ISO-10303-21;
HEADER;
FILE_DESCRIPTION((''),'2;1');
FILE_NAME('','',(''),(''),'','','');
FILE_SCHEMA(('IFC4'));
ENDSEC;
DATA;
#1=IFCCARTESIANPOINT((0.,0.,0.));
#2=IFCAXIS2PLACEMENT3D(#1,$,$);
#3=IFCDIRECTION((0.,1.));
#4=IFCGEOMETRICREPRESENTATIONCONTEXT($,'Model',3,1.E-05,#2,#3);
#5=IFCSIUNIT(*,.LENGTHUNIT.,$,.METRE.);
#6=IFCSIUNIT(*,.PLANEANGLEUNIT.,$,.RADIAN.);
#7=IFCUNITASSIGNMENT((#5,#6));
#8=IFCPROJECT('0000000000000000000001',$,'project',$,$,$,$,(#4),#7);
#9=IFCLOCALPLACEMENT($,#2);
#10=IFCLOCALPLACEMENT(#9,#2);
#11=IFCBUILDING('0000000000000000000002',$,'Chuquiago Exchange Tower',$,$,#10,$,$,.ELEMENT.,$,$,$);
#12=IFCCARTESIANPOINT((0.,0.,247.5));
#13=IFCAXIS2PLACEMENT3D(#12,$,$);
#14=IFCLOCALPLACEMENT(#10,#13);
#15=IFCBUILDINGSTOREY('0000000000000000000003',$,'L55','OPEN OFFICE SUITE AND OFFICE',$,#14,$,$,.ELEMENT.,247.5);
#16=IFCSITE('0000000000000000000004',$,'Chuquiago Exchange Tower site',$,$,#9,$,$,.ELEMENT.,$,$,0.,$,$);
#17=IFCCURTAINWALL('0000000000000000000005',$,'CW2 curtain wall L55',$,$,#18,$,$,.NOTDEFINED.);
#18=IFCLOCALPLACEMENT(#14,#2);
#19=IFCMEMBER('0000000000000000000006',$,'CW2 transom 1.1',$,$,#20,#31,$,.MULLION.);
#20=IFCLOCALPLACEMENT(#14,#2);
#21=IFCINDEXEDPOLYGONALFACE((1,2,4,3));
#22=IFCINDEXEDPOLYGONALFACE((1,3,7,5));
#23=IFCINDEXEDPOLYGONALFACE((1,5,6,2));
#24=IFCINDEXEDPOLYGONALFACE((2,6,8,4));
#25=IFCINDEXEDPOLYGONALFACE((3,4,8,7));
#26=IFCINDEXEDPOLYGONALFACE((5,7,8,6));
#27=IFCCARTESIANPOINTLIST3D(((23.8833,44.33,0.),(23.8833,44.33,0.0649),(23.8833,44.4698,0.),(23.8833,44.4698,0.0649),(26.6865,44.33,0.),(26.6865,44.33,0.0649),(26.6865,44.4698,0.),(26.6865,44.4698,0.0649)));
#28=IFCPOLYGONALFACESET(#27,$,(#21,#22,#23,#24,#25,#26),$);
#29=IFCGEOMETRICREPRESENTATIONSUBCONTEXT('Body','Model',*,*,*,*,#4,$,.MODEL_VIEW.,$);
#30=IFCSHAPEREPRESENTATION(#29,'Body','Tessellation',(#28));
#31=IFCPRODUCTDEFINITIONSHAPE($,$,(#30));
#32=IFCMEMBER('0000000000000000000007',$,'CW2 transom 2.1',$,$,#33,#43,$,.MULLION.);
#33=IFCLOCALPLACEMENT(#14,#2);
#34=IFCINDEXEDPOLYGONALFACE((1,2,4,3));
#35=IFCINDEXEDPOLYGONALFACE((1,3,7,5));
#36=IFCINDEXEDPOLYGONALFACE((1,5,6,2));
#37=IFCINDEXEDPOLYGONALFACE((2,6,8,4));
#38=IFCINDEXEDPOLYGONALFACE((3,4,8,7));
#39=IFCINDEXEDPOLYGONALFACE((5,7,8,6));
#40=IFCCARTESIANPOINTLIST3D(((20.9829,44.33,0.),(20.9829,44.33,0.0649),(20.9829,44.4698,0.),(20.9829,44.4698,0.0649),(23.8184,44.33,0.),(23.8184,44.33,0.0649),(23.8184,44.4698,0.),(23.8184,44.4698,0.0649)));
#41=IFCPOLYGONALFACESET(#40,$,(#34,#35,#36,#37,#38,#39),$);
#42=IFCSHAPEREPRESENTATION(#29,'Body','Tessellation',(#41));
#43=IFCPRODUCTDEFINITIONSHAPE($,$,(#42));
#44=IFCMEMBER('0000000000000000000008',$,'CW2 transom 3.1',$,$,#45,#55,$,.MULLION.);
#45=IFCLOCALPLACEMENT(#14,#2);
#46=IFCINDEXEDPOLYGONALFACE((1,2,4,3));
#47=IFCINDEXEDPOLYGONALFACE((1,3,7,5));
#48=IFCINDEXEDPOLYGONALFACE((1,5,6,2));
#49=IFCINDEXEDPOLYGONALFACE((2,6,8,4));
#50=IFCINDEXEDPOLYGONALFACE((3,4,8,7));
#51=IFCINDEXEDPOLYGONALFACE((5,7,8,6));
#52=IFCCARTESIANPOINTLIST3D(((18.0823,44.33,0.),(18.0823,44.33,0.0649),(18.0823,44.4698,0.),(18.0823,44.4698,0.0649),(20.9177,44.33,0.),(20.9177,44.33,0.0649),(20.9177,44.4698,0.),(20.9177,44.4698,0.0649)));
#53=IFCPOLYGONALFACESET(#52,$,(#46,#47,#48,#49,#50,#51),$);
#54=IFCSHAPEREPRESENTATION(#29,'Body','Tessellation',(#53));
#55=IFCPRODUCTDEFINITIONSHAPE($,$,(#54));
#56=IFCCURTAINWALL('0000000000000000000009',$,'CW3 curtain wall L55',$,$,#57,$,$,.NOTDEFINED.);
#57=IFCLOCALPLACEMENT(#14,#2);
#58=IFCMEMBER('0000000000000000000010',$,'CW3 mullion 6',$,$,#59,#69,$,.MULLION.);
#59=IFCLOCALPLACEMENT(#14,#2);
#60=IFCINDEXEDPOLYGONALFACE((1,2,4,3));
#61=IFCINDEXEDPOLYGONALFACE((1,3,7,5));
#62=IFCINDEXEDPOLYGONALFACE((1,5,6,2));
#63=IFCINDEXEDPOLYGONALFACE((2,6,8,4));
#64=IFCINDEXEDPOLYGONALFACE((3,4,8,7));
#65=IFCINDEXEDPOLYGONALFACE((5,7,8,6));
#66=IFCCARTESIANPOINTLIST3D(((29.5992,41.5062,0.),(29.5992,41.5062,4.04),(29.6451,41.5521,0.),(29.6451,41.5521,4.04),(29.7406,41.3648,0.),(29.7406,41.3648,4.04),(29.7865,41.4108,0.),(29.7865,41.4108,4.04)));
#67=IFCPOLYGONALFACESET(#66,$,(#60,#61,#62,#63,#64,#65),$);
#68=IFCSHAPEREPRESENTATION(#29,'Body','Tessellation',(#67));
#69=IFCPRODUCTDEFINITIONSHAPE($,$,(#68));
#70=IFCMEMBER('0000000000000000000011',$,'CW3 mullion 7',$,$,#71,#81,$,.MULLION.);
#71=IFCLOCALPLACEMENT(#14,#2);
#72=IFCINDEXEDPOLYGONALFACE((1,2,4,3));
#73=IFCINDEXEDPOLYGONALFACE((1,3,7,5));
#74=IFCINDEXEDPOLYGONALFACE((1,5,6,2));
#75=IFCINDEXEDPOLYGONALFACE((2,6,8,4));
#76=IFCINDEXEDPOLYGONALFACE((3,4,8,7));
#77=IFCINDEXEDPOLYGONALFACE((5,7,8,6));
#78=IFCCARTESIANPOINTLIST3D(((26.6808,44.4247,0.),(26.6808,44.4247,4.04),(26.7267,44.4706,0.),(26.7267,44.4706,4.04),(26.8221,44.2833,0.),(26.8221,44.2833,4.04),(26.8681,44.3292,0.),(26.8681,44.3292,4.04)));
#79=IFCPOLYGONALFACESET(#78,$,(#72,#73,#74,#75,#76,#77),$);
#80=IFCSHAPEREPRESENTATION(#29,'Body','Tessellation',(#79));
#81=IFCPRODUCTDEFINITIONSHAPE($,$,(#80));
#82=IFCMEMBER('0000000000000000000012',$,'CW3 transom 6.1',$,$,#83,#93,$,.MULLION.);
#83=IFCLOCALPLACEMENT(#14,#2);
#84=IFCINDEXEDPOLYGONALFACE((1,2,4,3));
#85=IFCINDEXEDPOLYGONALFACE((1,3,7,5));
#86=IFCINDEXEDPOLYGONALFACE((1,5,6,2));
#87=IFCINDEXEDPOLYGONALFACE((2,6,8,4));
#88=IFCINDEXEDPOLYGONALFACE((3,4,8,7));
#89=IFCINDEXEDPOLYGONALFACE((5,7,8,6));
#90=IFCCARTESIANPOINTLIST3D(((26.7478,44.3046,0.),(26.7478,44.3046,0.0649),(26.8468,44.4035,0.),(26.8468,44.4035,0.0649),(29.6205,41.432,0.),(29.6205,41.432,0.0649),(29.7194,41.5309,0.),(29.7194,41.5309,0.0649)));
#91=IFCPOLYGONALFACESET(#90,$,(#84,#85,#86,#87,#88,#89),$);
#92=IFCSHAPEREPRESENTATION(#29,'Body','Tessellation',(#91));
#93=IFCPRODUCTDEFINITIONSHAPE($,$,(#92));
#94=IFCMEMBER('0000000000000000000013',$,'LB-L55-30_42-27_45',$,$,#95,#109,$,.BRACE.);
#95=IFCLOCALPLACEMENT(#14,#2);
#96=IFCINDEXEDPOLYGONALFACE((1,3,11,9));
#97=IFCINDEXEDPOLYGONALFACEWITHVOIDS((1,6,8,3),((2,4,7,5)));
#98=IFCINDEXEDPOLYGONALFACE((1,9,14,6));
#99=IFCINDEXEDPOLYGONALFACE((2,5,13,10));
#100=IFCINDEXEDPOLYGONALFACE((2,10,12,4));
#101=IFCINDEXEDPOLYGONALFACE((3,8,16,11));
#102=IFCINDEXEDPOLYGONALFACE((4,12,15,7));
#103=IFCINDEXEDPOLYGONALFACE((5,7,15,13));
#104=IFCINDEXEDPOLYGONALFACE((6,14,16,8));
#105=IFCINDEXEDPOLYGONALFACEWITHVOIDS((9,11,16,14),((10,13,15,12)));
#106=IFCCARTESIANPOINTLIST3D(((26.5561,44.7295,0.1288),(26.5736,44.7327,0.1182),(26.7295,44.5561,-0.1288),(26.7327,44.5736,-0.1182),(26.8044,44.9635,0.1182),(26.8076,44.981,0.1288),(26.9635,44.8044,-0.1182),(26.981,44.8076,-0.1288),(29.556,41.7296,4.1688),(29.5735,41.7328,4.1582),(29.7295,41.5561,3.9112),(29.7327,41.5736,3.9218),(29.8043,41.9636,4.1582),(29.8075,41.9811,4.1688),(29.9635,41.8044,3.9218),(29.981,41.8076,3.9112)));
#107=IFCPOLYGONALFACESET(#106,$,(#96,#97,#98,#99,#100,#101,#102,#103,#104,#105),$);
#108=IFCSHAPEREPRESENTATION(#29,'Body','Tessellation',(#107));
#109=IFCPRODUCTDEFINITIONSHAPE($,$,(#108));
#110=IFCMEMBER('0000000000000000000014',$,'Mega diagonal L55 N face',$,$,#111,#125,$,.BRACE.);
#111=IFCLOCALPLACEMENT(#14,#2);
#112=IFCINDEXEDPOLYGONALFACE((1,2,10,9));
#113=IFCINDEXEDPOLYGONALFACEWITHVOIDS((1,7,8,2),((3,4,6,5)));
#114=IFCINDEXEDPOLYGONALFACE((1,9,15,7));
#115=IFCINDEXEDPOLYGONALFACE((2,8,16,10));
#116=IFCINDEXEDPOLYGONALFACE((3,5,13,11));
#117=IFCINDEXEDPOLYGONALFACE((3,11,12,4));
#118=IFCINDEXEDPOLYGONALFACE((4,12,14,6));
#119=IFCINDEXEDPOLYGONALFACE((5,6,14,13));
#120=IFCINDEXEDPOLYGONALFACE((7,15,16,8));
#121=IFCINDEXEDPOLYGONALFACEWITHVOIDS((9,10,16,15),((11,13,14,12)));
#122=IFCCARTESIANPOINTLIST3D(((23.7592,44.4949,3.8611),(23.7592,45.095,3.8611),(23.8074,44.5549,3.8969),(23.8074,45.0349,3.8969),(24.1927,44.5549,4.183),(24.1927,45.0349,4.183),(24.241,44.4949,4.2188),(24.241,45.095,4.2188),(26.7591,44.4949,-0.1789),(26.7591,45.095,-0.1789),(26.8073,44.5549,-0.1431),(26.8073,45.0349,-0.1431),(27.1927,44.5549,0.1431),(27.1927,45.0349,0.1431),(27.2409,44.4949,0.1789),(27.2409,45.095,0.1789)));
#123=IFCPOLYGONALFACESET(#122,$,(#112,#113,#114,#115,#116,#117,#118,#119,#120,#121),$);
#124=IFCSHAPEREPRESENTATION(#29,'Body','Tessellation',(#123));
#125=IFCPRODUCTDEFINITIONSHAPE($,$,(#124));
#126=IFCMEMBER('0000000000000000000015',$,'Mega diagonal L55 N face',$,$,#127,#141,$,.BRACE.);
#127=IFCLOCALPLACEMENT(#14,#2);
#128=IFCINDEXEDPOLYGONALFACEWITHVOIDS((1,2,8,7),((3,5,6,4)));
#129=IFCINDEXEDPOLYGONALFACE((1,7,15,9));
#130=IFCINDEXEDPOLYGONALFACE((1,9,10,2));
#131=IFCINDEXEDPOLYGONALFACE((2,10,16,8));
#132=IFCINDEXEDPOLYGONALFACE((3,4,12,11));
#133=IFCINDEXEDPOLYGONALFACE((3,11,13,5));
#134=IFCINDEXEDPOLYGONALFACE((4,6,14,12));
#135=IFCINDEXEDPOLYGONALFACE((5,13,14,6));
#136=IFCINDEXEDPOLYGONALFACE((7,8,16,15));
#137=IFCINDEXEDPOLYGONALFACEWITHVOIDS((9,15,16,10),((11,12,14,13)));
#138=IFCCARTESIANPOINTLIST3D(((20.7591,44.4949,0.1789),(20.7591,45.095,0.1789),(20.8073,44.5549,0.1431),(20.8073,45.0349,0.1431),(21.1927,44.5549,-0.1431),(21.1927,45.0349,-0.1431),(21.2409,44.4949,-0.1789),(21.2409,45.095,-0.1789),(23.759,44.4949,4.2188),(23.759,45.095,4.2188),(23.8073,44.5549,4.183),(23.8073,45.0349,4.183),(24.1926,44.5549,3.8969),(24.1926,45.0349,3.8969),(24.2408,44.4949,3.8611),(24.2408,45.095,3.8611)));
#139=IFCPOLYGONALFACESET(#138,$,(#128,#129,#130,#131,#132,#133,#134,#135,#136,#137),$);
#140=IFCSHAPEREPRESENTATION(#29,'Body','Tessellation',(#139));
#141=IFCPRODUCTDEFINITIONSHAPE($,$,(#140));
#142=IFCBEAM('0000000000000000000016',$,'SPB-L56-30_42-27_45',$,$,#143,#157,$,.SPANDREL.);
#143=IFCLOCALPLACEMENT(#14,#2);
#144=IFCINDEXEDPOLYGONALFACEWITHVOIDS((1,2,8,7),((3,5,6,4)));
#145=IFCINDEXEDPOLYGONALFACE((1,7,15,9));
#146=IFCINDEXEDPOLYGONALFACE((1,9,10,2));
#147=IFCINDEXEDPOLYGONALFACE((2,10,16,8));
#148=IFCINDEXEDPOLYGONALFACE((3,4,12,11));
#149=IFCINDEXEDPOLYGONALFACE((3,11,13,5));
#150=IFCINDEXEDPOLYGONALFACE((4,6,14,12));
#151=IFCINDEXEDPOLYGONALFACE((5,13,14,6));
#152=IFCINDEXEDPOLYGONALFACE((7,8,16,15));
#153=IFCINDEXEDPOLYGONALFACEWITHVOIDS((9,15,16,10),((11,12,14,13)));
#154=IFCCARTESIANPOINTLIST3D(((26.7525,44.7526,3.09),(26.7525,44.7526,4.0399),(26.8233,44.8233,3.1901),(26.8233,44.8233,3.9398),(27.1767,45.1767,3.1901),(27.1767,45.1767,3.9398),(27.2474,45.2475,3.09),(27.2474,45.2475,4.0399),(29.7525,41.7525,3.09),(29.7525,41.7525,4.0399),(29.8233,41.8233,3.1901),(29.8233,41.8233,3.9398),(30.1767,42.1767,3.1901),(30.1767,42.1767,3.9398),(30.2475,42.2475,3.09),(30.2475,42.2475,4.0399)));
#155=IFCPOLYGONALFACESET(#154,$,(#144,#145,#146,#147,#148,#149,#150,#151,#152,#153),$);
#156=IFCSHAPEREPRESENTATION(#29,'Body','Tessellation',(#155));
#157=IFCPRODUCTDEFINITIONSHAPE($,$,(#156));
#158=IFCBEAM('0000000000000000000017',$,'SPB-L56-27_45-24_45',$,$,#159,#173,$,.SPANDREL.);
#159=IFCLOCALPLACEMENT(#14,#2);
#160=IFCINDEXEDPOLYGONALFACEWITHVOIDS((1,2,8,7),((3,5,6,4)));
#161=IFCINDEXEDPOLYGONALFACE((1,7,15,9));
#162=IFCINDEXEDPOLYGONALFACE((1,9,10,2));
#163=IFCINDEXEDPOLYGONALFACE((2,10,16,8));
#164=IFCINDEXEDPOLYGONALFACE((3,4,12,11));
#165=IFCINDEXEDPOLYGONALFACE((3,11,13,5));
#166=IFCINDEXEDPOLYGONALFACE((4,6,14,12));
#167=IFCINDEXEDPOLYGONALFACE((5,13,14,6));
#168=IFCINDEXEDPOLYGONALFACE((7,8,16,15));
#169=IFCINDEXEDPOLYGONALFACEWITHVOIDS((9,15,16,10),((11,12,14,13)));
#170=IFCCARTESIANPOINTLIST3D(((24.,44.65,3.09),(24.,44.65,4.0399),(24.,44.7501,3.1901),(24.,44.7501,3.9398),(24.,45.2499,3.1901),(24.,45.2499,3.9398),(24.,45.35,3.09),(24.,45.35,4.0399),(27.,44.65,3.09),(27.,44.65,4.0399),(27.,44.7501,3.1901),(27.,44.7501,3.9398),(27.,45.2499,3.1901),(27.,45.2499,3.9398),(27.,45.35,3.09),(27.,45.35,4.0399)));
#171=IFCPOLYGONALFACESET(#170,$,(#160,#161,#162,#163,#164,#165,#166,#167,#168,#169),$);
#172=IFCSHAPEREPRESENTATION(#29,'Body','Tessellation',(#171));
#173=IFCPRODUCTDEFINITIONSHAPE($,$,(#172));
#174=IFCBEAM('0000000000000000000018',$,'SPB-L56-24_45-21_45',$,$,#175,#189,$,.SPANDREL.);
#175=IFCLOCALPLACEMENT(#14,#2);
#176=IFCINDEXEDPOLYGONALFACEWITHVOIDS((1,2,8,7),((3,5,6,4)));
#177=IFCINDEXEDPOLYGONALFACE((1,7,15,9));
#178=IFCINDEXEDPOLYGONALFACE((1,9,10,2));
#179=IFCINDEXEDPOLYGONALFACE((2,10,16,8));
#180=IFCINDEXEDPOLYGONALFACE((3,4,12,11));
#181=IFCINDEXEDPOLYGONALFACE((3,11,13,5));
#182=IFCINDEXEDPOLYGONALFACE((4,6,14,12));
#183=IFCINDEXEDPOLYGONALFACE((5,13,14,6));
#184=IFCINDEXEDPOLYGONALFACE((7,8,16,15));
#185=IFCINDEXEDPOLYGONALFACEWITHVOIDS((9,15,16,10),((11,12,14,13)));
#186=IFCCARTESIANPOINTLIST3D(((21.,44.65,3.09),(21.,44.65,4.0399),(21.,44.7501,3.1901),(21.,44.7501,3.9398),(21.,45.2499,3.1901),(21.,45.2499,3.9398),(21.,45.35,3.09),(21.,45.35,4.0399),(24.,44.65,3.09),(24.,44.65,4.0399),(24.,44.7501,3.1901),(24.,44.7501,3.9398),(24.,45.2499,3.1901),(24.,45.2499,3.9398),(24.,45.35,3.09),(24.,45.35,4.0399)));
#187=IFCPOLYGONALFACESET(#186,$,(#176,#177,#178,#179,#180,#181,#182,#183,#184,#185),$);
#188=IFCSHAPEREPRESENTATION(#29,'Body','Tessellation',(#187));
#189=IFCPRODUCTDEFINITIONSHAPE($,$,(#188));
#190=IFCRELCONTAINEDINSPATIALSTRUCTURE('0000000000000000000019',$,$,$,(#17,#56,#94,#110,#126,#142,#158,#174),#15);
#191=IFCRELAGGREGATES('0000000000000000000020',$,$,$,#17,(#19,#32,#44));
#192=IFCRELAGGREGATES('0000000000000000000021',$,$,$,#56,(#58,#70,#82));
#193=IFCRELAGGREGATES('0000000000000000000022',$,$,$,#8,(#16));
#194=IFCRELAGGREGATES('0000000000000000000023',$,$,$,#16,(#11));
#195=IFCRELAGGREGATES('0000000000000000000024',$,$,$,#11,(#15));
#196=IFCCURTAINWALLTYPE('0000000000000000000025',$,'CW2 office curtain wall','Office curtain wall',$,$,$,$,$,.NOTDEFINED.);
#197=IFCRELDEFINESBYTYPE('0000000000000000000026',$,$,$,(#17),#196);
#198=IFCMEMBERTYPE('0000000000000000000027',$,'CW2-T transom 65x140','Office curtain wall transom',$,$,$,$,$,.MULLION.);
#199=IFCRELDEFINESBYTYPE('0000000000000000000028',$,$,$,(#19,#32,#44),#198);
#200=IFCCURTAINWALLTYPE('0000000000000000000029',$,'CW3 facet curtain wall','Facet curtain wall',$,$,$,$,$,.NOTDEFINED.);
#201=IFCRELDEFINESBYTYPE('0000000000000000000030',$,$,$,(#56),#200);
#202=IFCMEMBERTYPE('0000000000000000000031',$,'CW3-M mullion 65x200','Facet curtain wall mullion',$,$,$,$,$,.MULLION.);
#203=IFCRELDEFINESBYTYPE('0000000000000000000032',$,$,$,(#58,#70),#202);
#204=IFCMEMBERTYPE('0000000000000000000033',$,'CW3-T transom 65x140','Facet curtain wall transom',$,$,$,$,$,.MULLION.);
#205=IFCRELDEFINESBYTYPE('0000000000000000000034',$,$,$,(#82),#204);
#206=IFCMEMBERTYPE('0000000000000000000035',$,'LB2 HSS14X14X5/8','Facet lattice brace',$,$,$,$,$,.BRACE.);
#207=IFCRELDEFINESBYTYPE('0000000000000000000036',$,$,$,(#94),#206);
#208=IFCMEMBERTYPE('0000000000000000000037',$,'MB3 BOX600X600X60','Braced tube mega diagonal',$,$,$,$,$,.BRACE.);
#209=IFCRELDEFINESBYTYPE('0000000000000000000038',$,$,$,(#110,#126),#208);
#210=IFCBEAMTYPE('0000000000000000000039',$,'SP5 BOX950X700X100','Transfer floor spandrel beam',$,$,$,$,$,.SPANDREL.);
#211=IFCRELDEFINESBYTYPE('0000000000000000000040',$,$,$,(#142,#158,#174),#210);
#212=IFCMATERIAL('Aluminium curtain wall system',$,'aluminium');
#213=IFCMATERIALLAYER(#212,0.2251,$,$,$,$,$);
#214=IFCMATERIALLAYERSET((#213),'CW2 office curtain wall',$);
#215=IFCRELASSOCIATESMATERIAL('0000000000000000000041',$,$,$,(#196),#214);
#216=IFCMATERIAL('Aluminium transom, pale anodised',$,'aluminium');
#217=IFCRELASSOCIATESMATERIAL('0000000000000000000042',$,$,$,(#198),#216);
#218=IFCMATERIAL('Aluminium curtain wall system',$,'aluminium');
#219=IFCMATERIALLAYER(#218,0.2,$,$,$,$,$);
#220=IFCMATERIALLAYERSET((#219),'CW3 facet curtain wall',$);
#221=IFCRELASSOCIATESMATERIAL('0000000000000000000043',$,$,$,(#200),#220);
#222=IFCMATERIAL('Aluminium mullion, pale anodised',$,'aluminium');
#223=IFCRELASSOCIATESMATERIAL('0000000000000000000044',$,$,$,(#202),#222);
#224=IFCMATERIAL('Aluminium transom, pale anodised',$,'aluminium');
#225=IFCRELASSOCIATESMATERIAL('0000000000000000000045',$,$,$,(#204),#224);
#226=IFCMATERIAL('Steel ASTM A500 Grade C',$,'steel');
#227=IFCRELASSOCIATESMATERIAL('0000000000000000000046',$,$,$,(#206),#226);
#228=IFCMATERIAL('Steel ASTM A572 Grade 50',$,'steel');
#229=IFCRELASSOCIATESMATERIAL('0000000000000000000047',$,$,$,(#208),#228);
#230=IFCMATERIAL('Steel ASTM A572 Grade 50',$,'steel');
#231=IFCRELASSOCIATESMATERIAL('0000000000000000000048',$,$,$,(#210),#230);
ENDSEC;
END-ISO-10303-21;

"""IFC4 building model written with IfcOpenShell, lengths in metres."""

from ifc_helpers import new_model, si_unit, direction, frame, origin, origin_2d, place, context, subcontext, project, spatial, rectangle, hollow_rectangle, extrude, material, layer, layer_set, material_profile, profile_set, type_object, element, aggregate, save


model = new_model("IFC4")

# Units and contexts
model_context = context("Model", 3, precision=1e-05, world=origin(), true_north=direction((0.0, 1.0)))
body_context = subcontext(model_context, "Body", "Model", "MODEL_VIEW")
ifc_project = project(units=[si_unit("LENGTHUNIT", "METRE"), si_unit("PLANEANGLEUNIT", "RADIAN")], contexts=[model_context])

# Site, building, storey
site_placement = place(None, origin())
site = spatial("IfcSite", under=ifc_project, at=site_placement, Name="Chuquiago Exchange Tower site", CompositionType="ELEMENT", RefElevation=0.0)
building_placement = place(site_placement, origin())
building = spatial("IfcBuilding", under=site, at=building_placement, Name="Chuquiago Exchange Tower", CompositionType="ELEMENT")
storey_placement = place(building_placement, frame((0.0, 0.0, 247.5)))
storey = spatial("IfcBuildingStorey", under=building, at=storey_placement, Name="L55", Description="OPEN OFFICE SUITE AND OFFICE", CompositionType="ELEMENT", Elevation=247.5)

# Curtain walls, members
ifc_material_1 = material(Name="Aluminium curtain wall system", Category="aluminium")
ifc_layer_1 = layer(ifc_material_1, 0.2251)
ifc_layer_set_1 = layer_set([ifc_layer_1], Name="CW2 office curtain wall")
curtain_wall_type_1 = type_object("IfcCurtainWallType", Name="CW2 office curtain wall", Description="Office curtain wall", PredefinedType="NOTDEFINED", material=ifc_layer_set_1)
curtain_wall_1_placement = place(storey_placement, origin())
curtain_wall_1 = element("IfcCurtainWall", 1, at=curtain_wall_1_placement, inside=storey, type_object=curtain_wall_type_1, Name="CW2 curtain wall L55", PredefinedType="NOTDEFINED")
ifc_material_2 = material(Name="Aluminium transom, pale anodised", Category="aluminium")
ifc_material_profile_1 = material_profile(ifc_material_2, rectangle(XDim=0.1399, YDim=0.0649, at=origin_2d()), Name="AL 140x65")
ifc_profile_set_1 = profile_set([ifc_material_profile_1], Name="Aluminium transom, pale anodised")
member_type_1 = type_object("IfcMemberType", Name="CW2-T transom 65x140", Description="Office curtain wall transom", PredefinedType="MULLION", material=ifc_profile_set_1)
member_1_placement = place(storey_placement, frame((26.6865, 44.3999, 0.0325), z_axis=(-1.0, 0.0, 0.0), x_axis=(0.0, -1.0, 0.0)))
member_1 = element("IfcMember", 2, at=member_1_placement, type_object=member_type_1, Name="CW2 transom 1.1", PredefinedType="MULLION", context=body_context, shape_type="SweptSolid", body=[
    extrude(rectangle(XDim=0.1399, YDim=0.0649, at=origin_2d()), origin(), (0.0, 0.0, 1.0), 2.8032),
])
member_2_placement = place(storey_placement, frame((23.8184, 44.3999, 0.0325), z_axis=(-1.0, 0.0, 0.0), x_axis=(0.0, -1.0, 0.0)))
member_2 = element("IfcMember", 3, at=member_2_placement, type_object=member_type_1, Name="CW2 transom 2.1", PredefinedType="MULLION", context=body_context, shape_type="SweptSolid", body=[
    extrude(rectangle(XDim=0.1399, YDim=0.0649, at=origin_2d()), origin(), (0.0, 0.0, 1.0), 2.8354),
])
member_3_placement = place(storey_placement, frame((20.9177, 44.3999, 0.0325), z_axis=(-1.0, 0.0, 0.0), x_axis=(0.0, -1.0, 0.0)))
member_3 = element("IfcMember", 4, at=member_3_placement, type_object=member_type_1, Name="CW2 transom 3.1", PredefinedType="MULLION", context=body_context, shape_type="SweptSolid", body=[
    extrude(rectangle(XDim=0.1399, YDim=0.0649, at=origin_2d()), origin(), (0.0, 0.0, 1.0), 2.8354),
])
ifc_material_3 = material(Name="Aluminium curtain wall system", Category="aluminium")
ifc_layer_2 = layer(ifc_material_3, 0.2)
ifc_layer_set_2 = layer_set([ifc_layer_2], Name="CW3 facet curtain wall")
curtain_wall_type_2 = type_object("IfcCurtainWallType", Name="CW3 facet curtain wall", Description="Facet curtain wall", PredefinedType="NOTDEFINED", material=ifc_layer_set_2)
curtain_wall_2_placement = place(storey_placement, origin())
curtain_wall_2 = element("IfcCurtainWall", 5, at=curtain_wall_2_placement, inside=storey, type_object=curtain_wall_type_2, Name="CW3 curtain wall L55", PredefinedType="NOTDEFINED")
ifc_material_4 = material(Name="Aluminium mullion, pale anodised", Category="aluminium")
ifc_material_profile_2 = material_profile(ifc_material_4, rectangle(XDim=0.0649, YDim=0.2, at=origin_2d()), Name="AL 65x200")
ifc_profile_set_2 = profile_set([ifc_material_profile_2], Name="Aluminium mullion, pale anodised")
member_type_2 = type_object("IfcMemberType", Name="CW3-M mullion 65x200", Description="Facet curtain wall mullion", PredefinedType="MULLION", material=ifc_profile_set_2)
member_4_placement = place(storey_placement, frame((29.6929, 41.4585, 0.0), z_axis=(0.0, 0.0, 1.0), x_axis=(-0.707107, -0.707107, 0.0)))
member_4 = element("IfcMember", 6, at=member_4_placement, type_object=member_type_2, Name="CW3 mullion 6", PredefinedType="MULLION", context=body_context, shape_type="SweptSolid", body=[
    extrude(rectangle(XDim=0.0649, YDim=0.2, at=origin_2d()), origin(), (0.0, 0.0, 1.0), 4.04),
])
member_5_placement = place(storey_placement, frame((26.7744, 44.377, 0.0), z_axis=(0.0, 0.0, 1.0), x_axis=(-0.707107, -0.707107, 0.0)))
member_5 = element("IfcMember", 7, at=member_5_placement, type_object=member_type_2, Name="CW3 mullion 7", PredefinedType="MULLION", context=body_context, shape_type="SweptSolid", body=[
    extrude(rectangle(XDim=0.0649, YDim=0.2, at=origin_2d()), origin(), (0.0, 0.0, 1.0), 4.04),
])
ifc_material_5 = material(Name="Aluminium transom, pale anodised", Category="aluminium")
ifc_material_profile_3 = material_profile(ifc_material_5, rectangle(XDim=0.1399, YDim=0.0649, at=origin_2d()), Name="AL 140x65")
ifc_profile_set_3 = profile_set([ifc_material_profile_3], Name="Aluminium transom, pale anodised")
member_type_3 = type_object("IfcMemberType", Name="CW3-T transom 65x140", Description="Facet curtain wall transom", PredefinedType="MULLION", material=ifc_profile_set_3)
member_6_placement = place(storey_placement, frame((29.6699, 41.4814, 0.0325), z_axis=(-0.707107, 0.707107, 0.0), x_axis=(-0.707107, -0.707107, 0.0)))
member_6 = element("IfcMember", 8, at=member_6_placement, type_object=member_type_3, Name="CW3 transom 6.1", PredefinedType="MULLION", context=body_context, shape_type="SweptSolid", body=[
    extrude(rectangle(XDim=0.1399, YDim=0.0649, at=origin_2d()), origin(), (0.0, 0.0, 1.0), 4.0625),
])

# Members
ifc_material_6 = material(Name="Steel ASTM A500 Grade C", Category="steel")
ifc_material_profile_4 = material_profile(ifc_material_6, hollow_rectangle(XDim=0.3557, YDim=0.3557, WallThickness=0.0146, at=origin_2d()), Name="HSS14X14X5/8")
ifc_profile_set_4 = profile_set([ifc_material_profile_4], Name="Steel ASTM A500 Grade C")
member_type_4 = type_object("IfcMemberType", Name="LB2 HSS14X14X5/8", Description="Facet lattice brace", PredefinedType="BRACE", material=ifc_profile_set_4)
member_7_placement = place(storey_placement, frame((26.7686, 44.7686, 0.0), z_axis=(0.512077, -0.512077, 0.689604), x_axis=(0.707107, 0.707107, 0.0)))
element("IfcMember", 9, at=member_7_placement, inside=storey, type_object=member_type_4, Name="LB-L55-30_42-27_45", PredefinedType="BRACE", context=body_context, shape_type="SweptSolid", body=[
    extrude(hollow_rectangle(XDim=0.3557, YDim=0.3557, WallThickness=0.0146, at=origin_2d()), origin(), (0.0, 0.0, 1.0), 5.8584),
])
ifc_material_7 = material(Name="Steel ASTM A572 Grade 50", Category="steel")
ifc_material_profile_5 = material_profile(ifc_material_7, hollow_rectangle(XDim=0.6001, YDim=0.6001, WallThickness=0.0601, at=origin_2d()), Name="BOX600X600X60")
ifc_profile_set_5 = profile_set([ifc_material_profile_5], Name="Steel ASTM A572 Grade 50")
member_type_5 = type_object("IfcMemberType", Name="MB3 BOX600X600X60", Description="Braced tube mega diagonal", PredefinedType="BRACE", material=ifc_profile_set_5)
for number, where, z_axis, x_axis, name in (
    (10, (27.0, 44.7949, 0.0), (-0.596174, 0.0, 0.802855), (0.0, -1.0, 0.0), "Mega diagonal L55 N face"),
    (11, (21.0, 44.7949, 0.0), (0.596174, 0.0, 0.802855), (0.0, 1.0, 0.0), "Mega diagonal L55 N face"),
):
    element("IfcMember", number, at=place(storey_placement, frame(where, z_axis=z_axis, x_axis=x_axis)), inside=storey, type_object=member_type_5, Name=name, PredefinedType="BRACE", context=body_context, shape_type="SweptSolid", body=[
        extrude(hollow_rectangle(XDim=0.6001, YDim=0.6001, WallThickness=0.0601, at=origin_2d()), origin(), (0.0, 0.0, 1.0), 5.032),
    ])

# Beams
ifc_material_8 = material(Name="Steel ASTM A572 Grade 50", Category="steel")
ifc_material_profile_6 = material_profile(ifc_material_8, hollow_rectangle(XDim=0.7, YDim=0.95, WallThickness=0.1001, at=origin_2d()), Name="BOX950X700X100")
ifc_profile_set_6 = profile_set([ifc_material_profile_6], Name="Steel ASTM A572 Grade 50")
beam_type_1 = type_object("IfcBeamType", Name="SP5 BOX950X700X100", Description="Transfer floor spandrel beam", PredefinedType="SPANDREL", material=ifc_profile_set_6)
beam_1_placement = place(storey_placement, frame((30.0, 42.0, 3.5649), z_axis=(-0.707107, 0.707107, 0.0), x_axis=(-0.707107, -0.707107, 0.0)))
element("IfcBeam", 12, at=beam_1_placement, inside=storey, type_object=beam_type_1, Name="SPB-L56-30_42-27_45", PredefinedType="SPANDREL", context=body_context, shape_type="SweptSolid", body=[
    extrude(hollow_rectangle(XDim=0.7, YDim=0.95, WallThickness=0.1001, at=origin_2d()), origin(), (0.0, 0.0, 1.0), 4.2427),
])
for number, where, z_axis, x_axis, name in (
    (13, (27.0, 45.0, 3.5649), (-1.0, 0.0, 0.0), (0.0, -1.0, 0.0), "SPB-L56-27_45-24_45"),
    (14, (24.0, 45.0, 3.5649), (-1.0, 0.0, 0.0), (0.0, -1.0, 0.0), "SPB-L56-24_45-21_45"),
):
    element("IfcBeam", number, at=place(storey_placement, frame(where, z_axis=z_axis, x_axis=x_axis)), inside=storey, type_object=beam_type_1, Name=name, PredefinedType="SPANDREL", context=body_context, shape_type="SweptSolid", body=[
        extrude(hollow_rectangle(XDim=0.7, YDim=0.95, WallThickness=0.1001, at=origin_2d()), origin(), (0.0, 0.0, 1.0), 3.0),
    ])

aggregate(curtain_wall_1, [member_1, member_2, member_3])
aggregate(curtain_wall_2, [member_4, member_5, member_6])

save(model, "model.ifc")
